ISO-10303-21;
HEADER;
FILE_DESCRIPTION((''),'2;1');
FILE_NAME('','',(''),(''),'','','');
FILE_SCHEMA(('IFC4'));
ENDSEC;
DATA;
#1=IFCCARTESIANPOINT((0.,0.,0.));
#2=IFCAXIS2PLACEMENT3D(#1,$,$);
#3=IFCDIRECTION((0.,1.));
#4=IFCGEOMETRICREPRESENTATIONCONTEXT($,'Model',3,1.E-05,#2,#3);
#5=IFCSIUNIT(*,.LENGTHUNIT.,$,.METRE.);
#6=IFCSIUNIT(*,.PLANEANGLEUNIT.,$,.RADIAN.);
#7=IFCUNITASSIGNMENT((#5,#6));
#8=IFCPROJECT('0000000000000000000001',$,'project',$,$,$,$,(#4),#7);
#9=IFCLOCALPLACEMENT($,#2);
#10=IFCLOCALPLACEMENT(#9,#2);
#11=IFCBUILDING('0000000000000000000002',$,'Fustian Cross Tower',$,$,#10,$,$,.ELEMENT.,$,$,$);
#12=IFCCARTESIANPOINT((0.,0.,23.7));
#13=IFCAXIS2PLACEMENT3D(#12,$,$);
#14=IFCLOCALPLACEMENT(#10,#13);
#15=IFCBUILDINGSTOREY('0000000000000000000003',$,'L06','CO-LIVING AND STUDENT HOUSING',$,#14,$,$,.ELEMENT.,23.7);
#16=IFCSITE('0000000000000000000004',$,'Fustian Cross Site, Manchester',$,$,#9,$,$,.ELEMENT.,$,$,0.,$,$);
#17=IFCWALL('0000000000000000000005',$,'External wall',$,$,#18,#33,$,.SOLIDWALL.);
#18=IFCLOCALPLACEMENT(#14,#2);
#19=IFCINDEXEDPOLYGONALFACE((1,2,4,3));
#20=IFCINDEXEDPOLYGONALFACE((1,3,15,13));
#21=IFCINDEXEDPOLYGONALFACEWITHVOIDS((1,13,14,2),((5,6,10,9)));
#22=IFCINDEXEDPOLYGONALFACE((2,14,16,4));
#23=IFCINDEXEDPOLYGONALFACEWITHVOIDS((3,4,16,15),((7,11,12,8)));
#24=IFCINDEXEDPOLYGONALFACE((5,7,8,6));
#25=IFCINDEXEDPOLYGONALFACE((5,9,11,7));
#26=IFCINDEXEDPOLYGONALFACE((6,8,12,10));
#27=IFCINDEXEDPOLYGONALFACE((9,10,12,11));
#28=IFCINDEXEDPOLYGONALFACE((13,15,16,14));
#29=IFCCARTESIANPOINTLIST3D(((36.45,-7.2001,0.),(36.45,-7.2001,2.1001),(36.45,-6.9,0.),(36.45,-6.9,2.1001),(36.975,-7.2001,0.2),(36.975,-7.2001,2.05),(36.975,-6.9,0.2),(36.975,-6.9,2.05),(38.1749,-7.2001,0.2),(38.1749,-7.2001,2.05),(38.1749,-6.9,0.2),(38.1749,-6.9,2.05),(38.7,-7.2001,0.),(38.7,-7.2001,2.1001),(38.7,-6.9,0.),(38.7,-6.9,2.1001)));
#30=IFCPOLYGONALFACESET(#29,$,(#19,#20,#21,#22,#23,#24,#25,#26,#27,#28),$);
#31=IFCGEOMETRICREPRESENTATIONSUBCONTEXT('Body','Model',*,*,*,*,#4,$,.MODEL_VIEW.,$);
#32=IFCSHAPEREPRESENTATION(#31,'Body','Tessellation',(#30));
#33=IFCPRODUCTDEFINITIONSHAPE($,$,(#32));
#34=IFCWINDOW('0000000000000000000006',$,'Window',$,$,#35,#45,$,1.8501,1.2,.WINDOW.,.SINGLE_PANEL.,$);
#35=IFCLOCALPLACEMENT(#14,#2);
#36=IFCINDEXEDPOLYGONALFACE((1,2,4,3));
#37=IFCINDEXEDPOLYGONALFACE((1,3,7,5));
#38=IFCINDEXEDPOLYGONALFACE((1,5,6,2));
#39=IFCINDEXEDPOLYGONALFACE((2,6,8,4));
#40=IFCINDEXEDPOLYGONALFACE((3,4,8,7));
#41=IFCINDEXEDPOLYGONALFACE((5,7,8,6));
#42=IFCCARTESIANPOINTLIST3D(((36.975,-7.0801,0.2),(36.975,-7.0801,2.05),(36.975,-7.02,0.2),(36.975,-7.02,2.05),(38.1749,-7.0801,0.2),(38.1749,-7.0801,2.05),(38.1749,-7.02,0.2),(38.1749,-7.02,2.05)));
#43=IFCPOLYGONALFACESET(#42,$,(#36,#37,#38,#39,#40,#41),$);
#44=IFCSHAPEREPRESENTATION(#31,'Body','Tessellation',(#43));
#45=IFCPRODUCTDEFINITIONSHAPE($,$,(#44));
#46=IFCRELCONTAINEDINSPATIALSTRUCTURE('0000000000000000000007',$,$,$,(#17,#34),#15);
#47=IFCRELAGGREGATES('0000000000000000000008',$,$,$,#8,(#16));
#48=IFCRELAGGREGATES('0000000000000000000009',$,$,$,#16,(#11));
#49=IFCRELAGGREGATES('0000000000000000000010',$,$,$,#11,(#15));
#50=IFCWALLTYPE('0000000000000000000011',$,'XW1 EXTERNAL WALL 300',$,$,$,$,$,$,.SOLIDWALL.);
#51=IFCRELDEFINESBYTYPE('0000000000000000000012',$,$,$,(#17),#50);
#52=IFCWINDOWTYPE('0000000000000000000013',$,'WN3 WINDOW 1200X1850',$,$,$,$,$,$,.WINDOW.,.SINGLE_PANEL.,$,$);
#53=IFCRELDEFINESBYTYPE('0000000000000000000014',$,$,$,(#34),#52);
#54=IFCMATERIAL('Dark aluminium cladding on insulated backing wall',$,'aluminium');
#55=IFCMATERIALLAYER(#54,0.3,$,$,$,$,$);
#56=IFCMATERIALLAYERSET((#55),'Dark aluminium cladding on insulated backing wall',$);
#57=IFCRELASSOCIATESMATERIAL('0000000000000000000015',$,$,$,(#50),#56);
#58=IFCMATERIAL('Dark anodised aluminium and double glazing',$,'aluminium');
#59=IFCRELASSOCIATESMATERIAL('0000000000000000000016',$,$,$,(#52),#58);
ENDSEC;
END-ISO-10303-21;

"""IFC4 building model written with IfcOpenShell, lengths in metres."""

from ifc_helpers import new_model, si_unit, direction, frame, frame_2d, origin, place, context, subcontext, project, spatial, rectangle, extrude, material, layer, layer_set, type_object, element, fill, save


model = new_model("IFC4")

# Units and contexts
model_context = context("Model", 3, precision=1e-05, world=origin(), true_north=direction((0.0, 1.0)))
body_context = subcontext(model_context, "Body", "Model", "MODEL_VIEW")
ifc_project = project(units=[si_unit("LENGTHUNIT", "METRE"), si_unit("PLANEANGLEUNIT", "RADIAN")], contexts=[model_context])

# Site, building, storey
site_placement = place(None, origin())
site = spatial("IfcSite", under=ifc_project, at=site_placement, Name="Fustian Cross Site, Manchester", CompositionType="ELEMENT", RefElevation=0.0)
building_placement = place(site_placement, origin())
building = spatial("IfcBuilding", under=site, at=building_placement, Name="Fustian Cross Tower", CompositionType="ELEMENT")
storey_placement = place(building_placement, frame((0.0, 0.0, 23.7)))
storey = spatial("IfcBuildingStorey", under=building, at=storey_placement, Name="L06", Description="CO-LIVING AND STUDENT HOUSING", CompositionType="ELEMENT", Elevation=23.7)

# Shared definitions
ifc_material_1 = material(Name="Dark aluminium cladding on insulated backing wall", Category="aluminium")
ifc_layer_1 = layer(ifc_material_1, 0.3)
ifc_layer_set_1 = layer_set([ifc_layer_1], Name="Dark aluminium cladding on insulated backing wall")
wall_type_1 = type_object("IfcWallType", Name="XW1 EXTERNAL WALL 300", PredefinedType="SOLIDWALL", material=ifc_layer_set_1)

# Wall, opening, window
ifc_material_2 = material(Name="Dark anodised aluminium and double glazing", Category="aluminium")
window_type = type_object("IfcWindowType", Name="WN3 WINDOW 1200X1850", PartitioningType="SINGLE_PANEL", PredefinedType="WINDOW", material=ifc_material_2)
wall_1_placement = place(storey_placement, frame((36.45, -7.05, 0.0), z_axis=(0.0, 0.0, 1.0), x_axis=(1.0, 0.0, 0.0)))
wall_1 = element("IfcWall", 1, at=wall_1_placement, inside=storey, type_object=wall_type_1, Name="External wall", PredefinedType="SOLIDWALL", context=body_context, shape_type="SweptSolid", body=[
    extrude(rectangle(XDim=2.25, YDim=0.3, at=frame_2d((1.125, 0.0))), origin(), (0.0, 0.0, 1.0), 2.1001),
])
opening_1_placement = place(wall_1_placement, frame((0.5249, 0.0, 0.2)))
opening_1 = element("IfcOpeningElement", 2, at=opening_1_placement, cuts=wall_1, PredefinedType="OPENING", context=body_context, shape_type="SweptSolid", body=[
    extrude(rectangle(XDim=1.2, YDim=1.8501, at=frame_2d((0.6001, 0.925))), frame((0.0, 0.1599, 0.0), z_axis=(0.0, -1.0, 0.0), x_axis=(1.0, 0.0, 0.0)), (0.0, 0.0, 1.0), 0.3201),
])
window_1_placement = place(opening_1_placement, origin())
window_1 = element("IfcWindow", 3, at=window_1_placement, inside=storey, type_object=window_type, Name="Window", OverallHeight=1.8501, OverallWidth=1.2, PartitioningType="SINGLE_PANEL", PredefinedType="WINDOW", context=body_context, shape_type="SweptSolid", body=[
    extrude(rectangle(XDim=1.2, YDim=1.8501, at=frame_2d((0.6001, 0.925))), frame((0.0, 0.03, 0.0), z_axis=(0.0, -1.0, 0.0), x_axis=(1.0, 0.0, 0.0)), (0.0, 0.0, 1.0), 0.0601),
])
fill(opening_1, window_1)

save(model, "model.ifc")
